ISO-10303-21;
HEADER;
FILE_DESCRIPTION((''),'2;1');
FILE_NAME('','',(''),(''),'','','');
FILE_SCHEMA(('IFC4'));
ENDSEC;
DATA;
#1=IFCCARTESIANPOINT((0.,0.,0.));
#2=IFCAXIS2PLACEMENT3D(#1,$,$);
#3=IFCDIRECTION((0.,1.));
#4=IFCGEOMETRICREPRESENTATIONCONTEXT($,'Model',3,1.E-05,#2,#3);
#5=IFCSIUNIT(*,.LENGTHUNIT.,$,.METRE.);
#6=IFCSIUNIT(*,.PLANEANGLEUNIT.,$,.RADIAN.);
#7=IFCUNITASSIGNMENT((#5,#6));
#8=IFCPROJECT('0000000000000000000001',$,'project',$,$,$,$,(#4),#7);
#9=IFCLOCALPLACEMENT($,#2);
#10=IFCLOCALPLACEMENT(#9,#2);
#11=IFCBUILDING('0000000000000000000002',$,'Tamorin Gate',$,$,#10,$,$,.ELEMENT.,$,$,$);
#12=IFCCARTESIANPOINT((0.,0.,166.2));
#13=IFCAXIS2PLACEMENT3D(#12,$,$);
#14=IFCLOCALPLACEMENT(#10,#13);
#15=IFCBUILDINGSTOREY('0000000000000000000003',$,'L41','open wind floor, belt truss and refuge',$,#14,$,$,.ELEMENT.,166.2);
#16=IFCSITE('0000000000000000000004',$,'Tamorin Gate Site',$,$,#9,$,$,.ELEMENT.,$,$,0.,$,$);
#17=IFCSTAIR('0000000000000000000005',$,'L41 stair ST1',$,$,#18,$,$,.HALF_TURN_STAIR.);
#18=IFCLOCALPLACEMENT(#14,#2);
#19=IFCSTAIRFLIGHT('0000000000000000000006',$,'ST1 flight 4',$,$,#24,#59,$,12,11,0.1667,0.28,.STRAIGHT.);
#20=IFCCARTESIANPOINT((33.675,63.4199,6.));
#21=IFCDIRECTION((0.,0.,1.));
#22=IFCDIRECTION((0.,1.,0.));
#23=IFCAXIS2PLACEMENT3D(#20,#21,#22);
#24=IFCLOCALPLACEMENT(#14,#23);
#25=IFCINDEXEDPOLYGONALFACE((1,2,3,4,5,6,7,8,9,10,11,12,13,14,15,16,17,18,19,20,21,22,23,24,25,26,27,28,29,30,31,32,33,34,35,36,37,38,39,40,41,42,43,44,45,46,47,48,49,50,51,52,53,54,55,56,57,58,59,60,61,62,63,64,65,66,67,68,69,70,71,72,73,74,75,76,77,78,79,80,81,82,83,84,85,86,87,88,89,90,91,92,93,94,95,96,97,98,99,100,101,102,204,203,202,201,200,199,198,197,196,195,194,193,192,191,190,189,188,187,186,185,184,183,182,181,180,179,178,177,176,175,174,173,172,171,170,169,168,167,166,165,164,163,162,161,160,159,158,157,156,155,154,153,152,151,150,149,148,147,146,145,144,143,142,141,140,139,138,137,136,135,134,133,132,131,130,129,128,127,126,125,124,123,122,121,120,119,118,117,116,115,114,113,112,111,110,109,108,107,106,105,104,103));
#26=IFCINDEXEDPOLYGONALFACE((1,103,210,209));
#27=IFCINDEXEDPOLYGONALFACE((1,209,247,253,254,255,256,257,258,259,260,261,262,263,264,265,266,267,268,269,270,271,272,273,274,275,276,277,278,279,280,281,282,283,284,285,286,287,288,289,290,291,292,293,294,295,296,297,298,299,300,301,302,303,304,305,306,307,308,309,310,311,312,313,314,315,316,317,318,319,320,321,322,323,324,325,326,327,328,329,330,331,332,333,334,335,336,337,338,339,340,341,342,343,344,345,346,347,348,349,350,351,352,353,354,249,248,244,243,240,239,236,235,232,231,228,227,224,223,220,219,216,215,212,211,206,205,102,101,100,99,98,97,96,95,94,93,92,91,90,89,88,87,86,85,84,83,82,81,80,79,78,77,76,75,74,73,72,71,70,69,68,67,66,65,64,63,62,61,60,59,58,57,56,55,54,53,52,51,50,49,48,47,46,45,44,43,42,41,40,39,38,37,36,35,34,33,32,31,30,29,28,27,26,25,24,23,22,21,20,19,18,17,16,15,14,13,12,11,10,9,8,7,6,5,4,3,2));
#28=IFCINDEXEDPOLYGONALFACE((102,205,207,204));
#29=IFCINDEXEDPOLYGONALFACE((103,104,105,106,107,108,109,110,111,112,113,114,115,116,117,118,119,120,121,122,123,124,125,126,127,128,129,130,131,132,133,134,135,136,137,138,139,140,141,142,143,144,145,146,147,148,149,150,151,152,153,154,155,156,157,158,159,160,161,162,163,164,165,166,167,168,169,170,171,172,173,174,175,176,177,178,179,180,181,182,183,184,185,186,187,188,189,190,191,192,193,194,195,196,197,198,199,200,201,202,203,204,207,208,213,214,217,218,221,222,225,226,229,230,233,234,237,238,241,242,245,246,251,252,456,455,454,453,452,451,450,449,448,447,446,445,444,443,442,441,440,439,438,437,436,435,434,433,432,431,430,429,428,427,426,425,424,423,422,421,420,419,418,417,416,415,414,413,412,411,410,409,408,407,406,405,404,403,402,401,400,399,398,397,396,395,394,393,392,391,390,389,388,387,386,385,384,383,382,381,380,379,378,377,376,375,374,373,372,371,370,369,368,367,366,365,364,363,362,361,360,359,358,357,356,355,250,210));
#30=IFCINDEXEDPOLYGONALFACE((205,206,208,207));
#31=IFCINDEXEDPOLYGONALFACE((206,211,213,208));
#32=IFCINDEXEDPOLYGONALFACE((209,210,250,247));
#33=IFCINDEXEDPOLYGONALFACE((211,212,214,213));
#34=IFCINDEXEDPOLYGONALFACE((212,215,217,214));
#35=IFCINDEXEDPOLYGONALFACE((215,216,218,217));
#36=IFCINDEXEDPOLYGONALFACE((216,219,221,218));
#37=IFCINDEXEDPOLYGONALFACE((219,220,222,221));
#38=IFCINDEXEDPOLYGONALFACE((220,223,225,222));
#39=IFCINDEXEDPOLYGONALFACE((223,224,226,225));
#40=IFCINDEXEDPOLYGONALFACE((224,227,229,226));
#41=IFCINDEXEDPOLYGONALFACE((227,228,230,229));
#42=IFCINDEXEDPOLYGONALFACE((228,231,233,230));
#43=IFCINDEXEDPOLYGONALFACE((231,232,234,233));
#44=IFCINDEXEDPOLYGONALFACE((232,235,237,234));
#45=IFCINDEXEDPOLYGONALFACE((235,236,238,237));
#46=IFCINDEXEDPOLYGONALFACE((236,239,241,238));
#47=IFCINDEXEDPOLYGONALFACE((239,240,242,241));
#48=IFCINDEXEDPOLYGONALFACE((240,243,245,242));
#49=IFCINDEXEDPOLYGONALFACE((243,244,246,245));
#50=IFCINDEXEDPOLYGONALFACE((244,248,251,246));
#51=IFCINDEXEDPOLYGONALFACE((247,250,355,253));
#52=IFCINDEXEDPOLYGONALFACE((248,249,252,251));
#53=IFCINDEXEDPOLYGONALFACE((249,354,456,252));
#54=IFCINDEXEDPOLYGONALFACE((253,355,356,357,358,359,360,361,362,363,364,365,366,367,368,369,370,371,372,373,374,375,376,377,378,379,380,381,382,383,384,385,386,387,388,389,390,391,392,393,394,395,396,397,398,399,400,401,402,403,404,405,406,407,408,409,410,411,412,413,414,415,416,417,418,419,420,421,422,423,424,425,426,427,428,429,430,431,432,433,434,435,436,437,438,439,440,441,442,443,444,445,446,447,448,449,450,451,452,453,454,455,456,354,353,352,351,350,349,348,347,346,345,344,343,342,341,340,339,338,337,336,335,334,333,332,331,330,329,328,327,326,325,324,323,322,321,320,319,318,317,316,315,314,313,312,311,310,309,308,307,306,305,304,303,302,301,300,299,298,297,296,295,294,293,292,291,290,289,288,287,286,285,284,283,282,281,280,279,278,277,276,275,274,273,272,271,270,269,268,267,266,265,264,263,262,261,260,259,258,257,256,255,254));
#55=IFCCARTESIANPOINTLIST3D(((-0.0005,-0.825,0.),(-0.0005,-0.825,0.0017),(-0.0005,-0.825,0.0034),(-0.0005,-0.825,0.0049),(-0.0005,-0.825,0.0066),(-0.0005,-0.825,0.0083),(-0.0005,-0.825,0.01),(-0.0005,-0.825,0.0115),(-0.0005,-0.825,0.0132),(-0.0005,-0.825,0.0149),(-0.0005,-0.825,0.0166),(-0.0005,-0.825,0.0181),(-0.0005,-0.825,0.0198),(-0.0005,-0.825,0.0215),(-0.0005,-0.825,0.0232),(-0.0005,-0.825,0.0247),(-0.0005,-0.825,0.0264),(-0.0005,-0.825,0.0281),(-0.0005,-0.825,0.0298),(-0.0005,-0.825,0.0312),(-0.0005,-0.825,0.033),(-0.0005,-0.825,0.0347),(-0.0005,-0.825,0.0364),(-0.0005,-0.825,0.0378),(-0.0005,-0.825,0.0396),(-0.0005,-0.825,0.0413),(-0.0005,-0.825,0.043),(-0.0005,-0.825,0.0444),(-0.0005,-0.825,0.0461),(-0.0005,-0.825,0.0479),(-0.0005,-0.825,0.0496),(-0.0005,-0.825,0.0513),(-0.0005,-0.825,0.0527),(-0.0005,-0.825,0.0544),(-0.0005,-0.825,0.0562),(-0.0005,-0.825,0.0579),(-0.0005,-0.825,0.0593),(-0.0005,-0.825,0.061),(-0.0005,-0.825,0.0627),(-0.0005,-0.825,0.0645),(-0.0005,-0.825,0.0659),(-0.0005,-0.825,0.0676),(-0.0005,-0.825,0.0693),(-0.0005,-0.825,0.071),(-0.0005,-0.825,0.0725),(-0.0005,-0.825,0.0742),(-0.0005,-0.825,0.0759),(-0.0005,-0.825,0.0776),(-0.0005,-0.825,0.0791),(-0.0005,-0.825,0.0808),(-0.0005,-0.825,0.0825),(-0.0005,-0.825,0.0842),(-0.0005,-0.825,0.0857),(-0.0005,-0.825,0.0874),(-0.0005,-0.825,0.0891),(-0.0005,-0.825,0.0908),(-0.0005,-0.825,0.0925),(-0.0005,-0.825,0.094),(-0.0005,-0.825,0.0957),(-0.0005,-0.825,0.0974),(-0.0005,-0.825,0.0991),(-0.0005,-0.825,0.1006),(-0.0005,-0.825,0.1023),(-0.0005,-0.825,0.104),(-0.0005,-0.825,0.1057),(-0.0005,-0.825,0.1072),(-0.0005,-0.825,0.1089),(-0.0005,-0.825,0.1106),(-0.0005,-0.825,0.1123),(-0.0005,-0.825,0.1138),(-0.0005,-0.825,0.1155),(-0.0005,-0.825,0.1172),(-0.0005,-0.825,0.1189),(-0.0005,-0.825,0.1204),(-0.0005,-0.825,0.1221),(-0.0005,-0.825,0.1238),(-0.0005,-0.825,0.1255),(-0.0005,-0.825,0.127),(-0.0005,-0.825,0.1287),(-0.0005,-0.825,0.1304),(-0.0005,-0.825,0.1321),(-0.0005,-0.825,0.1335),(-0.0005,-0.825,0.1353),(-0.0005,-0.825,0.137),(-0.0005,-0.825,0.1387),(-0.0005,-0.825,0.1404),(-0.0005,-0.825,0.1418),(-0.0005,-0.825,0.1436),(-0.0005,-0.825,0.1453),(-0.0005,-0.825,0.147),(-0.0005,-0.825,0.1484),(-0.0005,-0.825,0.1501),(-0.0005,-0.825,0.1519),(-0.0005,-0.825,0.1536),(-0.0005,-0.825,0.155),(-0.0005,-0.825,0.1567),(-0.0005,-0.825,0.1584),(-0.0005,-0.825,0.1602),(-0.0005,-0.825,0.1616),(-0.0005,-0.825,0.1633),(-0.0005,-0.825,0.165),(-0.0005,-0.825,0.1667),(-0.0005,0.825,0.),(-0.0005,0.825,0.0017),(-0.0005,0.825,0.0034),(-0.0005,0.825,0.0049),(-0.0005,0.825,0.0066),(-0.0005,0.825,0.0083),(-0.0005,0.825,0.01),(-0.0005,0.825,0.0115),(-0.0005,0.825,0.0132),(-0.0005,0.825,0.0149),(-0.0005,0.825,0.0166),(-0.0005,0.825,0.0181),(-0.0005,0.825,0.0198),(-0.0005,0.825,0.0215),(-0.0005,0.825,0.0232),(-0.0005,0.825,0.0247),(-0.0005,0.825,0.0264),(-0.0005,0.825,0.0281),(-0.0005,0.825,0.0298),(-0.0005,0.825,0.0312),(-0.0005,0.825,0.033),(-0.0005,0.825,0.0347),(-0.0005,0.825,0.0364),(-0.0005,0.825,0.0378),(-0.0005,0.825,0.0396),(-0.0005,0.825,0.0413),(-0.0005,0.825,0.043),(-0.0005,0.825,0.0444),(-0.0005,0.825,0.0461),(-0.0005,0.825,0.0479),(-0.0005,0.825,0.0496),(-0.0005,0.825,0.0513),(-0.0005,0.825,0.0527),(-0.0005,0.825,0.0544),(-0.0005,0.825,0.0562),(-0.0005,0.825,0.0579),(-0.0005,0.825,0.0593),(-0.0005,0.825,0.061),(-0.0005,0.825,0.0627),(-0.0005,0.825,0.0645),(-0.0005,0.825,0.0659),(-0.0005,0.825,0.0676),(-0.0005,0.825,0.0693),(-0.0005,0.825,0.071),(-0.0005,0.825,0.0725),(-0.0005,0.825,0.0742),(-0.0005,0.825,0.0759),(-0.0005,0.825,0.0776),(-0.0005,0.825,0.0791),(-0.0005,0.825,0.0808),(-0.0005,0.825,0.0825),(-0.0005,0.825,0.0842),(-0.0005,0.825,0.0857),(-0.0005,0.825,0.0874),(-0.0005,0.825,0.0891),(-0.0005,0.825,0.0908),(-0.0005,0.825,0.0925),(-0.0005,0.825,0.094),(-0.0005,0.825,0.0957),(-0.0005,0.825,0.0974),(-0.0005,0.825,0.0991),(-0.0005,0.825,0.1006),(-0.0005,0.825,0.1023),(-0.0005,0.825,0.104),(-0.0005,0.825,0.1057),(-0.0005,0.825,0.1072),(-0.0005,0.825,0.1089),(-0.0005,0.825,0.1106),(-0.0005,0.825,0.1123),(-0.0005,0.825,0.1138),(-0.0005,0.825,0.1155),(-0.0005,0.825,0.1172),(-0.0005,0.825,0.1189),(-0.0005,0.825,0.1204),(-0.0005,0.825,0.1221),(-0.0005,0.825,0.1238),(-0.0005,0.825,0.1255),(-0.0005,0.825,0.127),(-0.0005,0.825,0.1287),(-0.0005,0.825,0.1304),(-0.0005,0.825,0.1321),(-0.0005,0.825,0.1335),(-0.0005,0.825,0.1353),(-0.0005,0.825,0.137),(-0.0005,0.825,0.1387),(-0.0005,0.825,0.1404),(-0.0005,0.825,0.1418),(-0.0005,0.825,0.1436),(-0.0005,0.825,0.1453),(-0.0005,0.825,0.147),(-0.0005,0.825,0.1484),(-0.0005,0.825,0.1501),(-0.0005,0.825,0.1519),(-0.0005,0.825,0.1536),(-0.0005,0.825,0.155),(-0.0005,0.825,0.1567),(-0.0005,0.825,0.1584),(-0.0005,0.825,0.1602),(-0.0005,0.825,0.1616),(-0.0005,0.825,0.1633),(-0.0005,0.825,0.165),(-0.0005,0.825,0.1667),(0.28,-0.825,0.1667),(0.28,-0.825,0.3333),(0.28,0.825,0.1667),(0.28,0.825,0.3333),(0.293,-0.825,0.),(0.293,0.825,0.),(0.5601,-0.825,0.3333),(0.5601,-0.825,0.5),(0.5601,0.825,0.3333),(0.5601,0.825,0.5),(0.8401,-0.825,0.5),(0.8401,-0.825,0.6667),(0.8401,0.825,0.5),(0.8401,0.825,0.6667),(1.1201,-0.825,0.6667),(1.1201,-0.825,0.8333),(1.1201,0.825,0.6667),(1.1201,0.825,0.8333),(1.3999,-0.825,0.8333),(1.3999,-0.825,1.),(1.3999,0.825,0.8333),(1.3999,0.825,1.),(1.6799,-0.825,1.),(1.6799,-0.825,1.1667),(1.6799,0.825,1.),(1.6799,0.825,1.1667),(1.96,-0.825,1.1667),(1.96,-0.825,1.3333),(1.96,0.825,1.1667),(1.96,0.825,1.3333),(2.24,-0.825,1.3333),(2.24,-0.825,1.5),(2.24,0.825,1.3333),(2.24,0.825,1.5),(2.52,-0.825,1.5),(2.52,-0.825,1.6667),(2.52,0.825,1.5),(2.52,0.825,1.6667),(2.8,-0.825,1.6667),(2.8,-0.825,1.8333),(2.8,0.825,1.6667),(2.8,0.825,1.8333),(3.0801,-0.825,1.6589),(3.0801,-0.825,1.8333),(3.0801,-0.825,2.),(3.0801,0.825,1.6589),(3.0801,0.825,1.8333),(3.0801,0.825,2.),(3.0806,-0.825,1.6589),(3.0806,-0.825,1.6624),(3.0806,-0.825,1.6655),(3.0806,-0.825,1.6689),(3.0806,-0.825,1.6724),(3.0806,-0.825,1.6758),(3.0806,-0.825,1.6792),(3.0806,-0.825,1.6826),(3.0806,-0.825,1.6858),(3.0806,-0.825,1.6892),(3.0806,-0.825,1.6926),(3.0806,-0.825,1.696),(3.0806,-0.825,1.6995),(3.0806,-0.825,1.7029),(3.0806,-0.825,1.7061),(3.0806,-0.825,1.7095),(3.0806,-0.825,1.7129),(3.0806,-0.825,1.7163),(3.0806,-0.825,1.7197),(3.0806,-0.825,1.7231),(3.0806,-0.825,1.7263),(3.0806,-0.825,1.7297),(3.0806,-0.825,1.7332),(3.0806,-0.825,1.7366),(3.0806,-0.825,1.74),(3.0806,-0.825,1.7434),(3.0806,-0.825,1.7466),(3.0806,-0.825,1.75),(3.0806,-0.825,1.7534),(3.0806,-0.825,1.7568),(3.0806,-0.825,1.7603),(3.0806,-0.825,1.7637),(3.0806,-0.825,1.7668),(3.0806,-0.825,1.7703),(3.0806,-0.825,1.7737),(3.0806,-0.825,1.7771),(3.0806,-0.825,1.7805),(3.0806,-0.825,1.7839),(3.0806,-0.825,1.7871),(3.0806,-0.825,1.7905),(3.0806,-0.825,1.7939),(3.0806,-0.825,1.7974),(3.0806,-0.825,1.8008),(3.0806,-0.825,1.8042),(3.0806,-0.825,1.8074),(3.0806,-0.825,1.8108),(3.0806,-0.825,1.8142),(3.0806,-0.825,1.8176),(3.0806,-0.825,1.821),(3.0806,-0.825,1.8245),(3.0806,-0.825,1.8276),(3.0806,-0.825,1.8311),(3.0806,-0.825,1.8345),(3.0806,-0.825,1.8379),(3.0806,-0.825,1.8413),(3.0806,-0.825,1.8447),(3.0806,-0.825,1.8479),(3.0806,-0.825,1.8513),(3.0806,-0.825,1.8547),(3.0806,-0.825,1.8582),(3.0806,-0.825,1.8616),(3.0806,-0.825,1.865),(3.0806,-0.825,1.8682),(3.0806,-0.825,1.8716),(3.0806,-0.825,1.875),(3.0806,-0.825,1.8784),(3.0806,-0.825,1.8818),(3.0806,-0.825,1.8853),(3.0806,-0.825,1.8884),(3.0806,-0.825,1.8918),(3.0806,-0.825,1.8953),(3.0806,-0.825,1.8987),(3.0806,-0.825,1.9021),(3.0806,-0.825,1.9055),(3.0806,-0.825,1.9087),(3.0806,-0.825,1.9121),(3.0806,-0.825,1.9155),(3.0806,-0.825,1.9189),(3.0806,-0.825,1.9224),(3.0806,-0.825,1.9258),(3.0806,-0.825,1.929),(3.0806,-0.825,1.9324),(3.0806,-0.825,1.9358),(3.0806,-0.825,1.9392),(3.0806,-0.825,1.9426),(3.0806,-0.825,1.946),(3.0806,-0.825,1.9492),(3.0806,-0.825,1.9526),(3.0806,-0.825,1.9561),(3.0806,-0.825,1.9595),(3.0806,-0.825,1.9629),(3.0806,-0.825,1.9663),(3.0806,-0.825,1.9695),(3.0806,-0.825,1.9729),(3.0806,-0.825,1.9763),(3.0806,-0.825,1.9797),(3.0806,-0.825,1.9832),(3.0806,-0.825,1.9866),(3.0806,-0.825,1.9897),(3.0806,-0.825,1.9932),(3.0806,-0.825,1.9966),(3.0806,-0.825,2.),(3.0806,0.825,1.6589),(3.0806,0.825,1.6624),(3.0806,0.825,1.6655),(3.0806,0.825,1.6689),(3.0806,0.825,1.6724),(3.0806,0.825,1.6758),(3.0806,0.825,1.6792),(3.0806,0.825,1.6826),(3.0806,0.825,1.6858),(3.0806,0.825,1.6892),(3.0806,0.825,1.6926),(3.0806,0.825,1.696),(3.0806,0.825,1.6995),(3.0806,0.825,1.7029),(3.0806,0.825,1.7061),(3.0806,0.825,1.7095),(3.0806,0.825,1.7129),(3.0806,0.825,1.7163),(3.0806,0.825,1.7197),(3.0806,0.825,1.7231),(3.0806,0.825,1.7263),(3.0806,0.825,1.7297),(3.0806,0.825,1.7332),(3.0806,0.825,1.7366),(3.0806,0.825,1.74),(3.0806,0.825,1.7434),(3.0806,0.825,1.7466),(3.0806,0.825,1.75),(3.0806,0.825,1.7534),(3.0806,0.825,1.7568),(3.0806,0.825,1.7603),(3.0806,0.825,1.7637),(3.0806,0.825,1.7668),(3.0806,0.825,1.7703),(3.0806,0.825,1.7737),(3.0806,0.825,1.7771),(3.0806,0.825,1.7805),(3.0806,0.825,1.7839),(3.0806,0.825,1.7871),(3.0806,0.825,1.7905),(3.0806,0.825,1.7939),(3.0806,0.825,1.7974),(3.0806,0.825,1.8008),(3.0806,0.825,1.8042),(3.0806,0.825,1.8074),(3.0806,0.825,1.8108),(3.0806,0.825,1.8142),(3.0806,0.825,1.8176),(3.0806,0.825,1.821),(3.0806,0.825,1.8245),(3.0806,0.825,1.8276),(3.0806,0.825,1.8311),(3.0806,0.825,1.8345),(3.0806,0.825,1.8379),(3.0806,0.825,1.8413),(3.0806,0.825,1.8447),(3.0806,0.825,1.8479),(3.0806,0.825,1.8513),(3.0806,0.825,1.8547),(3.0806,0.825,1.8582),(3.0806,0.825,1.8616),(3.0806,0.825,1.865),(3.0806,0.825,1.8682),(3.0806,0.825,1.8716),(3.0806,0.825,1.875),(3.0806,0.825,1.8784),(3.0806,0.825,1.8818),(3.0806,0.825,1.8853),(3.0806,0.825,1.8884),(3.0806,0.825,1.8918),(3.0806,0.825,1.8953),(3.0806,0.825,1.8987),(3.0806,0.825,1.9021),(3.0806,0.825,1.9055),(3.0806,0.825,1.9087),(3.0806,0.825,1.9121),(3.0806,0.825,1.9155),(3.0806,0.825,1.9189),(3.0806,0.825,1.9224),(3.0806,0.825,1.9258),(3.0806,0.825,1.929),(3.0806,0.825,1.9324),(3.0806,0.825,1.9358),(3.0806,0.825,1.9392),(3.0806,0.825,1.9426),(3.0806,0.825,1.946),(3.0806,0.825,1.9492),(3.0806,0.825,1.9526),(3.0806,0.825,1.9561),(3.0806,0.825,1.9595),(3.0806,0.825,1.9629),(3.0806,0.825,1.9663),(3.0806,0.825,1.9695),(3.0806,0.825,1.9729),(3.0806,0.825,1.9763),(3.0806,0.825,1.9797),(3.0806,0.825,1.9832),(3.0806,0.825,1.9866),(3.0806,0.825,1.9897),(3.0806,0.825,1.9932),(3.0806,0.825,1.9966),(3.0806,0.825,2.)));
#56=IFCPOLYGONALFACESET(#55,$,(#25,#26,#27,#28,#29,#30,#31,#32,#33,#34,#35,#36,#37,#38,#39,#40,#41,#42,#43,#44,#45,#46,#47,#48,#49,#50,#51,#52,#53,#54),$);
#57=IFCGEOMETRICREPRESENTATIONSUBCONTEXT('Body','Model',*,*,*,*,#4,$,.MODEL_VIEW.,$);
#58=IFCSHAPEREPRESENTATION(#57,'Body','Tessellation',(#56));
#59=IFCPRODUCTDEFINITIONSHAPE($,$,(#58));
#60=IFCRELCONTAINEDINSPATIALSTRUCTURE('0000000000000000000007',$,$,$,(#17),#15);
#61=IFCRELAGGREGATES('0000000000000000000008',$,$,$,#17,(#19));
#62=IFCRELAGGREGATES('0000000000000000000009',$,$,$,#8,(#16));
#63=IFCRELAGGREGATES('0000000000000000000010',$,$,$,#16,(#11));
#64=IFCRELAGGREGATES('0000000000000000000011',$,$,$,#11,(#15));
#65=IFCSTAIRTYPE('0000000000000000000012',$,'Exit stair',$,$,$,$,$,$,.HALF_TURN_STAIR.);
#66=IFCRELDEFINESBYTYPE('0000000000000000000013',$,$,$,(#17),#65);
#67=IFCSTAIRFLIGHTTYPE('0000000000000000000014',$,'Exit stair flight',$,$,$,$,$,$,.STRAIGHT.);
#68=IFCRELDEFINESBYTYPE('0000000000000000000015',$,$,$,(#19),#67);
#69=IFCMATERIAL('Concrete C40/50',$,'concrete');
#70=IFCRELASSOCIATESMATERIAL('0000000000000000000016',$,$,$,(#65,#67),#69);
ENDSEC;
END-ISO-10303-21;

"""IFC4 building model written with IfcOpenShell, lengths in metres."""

from ifc_helpers import new_model, si_unit, direction, frame, origin, place, context, subcontext, project, spatial, polyline, outline, extrude, material, type_object, element, aggregate, save


model = new_model("IFC4")

# Units and contexts
model_context = context("Model", 3, precision=1e-05, world=origin(), true_north=direction((0.0, 1.0)))
body_context = subcontext(model_context, "Body", "Model", "MODEL_VIEW")
ifc_project = project(units=[si_unit("LENGTHUNIT", "METRE"), si_unit("PLANEANGLEUNIT", "RADIAN")], contexts=[model_context])

# Site, building, storey
site_placement = place(None, origin())
site = spatial("IfcSite", under=ifc_project, at=site_placement, Name="Tamorin Gate Site", CompositionType="ELEMENT", RefElevation=0.0)
building_placement = place(site_placement, origin())
building = spatial("IfcBuilding", under=site, at=building_placement, Name="Tamorin Gate", CompositionType="ELEMENT")
storey_placement = place(building_placement, frame((0.0, 0.0, 166.2)))
storey = spatial("IfcBuildingStorey", under=building, at=storey_placement, Name="L41", Description="open wind floor, belt truss and refuge", CompositionType="ELEMENT", Elevation=166.2)

# Shared definitions
ifc_material_1 = material(Name="Concrete C40/50", Category="concrete")

# Stair, stair flight
stair_type = type_object("IfcStairType", Name="Exit stair", PredefinedType="HALF_TURN_STAIR", material=ifc_material_1)
stair_1_placement = place(storey_placement, origin())
stair_1 = element("IfcStair", 1, at=stair_1_placement, inside=storey, type_object=stair_type, Name="L41 stair ST1", PredefinedType="HALF_TURN_STAIR")
stair_flight_type = type_object("IfcStairFlightType", Name="Exit stair flight", PredefinedType="STRAIGHT", material=ifc_material_1)
stair_flight_1_placement = place(storey_placement, frame((33.675, 63.4199, 6.0), z_axis=(0.0, 0.0, 1.0), x_axis=(0.0, 1.0, 0.0)))
stair_flight_1 = element("IfcStairFlight", 2, at=stair_flight_1_placement, type_object=stair_flight_type, Name="ST1 flight 4", NumberOfRisers=12, NumberOfTreads=11, PredefinedType="STRAIGHT", RiserHeight=0.1667, TreadLength=0.28, context=body_context, shape_type="SweptSolid", body=[
    extrude(outline(polyline([(-0.0005, 0.0), (-0.0005, 0.0017), (-0.0005, 0.0034), (-0.0005, 0.0049), (-0.0005, 0.0066), (-0.0005, 0.0083), (-0.0005, 0.01), (-0.0005, 0.0115), (-0.0005, 0.0132), (-0.0005, 0.0149), (-0.0005, 0.0166), (-0.0005, 0.0181), (-0.0005, 0.0198), (-0.0005, 0.0215), (-0.0005, 0.0232), (-0.0005, 0.0247), (-0.0005, 0.0264), (-0.0005, 0.0281), (-0.0005, 0.0298), (-0.0005, 0.0312), (-0.0005, 0.033), (-0.0005, 0.0347), (-0.0005, 0.0364), (-0.0005, 0.0378), (-0.0005, 0.0396), (-0.0005, 0.0413), (-0.0005, 0.043), (-0.0005, 0.0444), (-0.0005, 0.0461), (-0.0005, 0.0479), (-0.0005, 0.0496), (-0.0005, 0.0513), (-0.0005, 0.0527), (-0.0005, 0.0544), (-0.0005, 0.0562), (-0.0005, 0.0579), (-0.0005, 0.0593), (-0.0005, 0.061), (-0.0005, 0.0627), (-0.0005, 0.0645), (-0.0005, 0.0659), (-0.0005, 0.0676), (-0.0005, 0.0693), (-0.0005, 0.071), (-0.0005, 0.0725), (-0.0005, 0.0742), (-0.0005, 0.0759), (-0.0005, 0.0776), (-0.0005, 0.0791), (-0.0005, 0.0808), (-0.0005, 0.0825), (-0.0005, 0.0842), (-0.0005, 0.0857), (-0.0005, 0.0874), (-0.0005, 0.0891), (-0.0005, 0.0908), (-0.0005, 0.0925), (-0.0005, 0.094), (-0.0005, 0.0957), (-0.0005, 0.0974), (-0.0005, 0.0991), (-0.0005, 0.1006), (-0.0005, 0.1023), (-0.0005, 0.104), (-0.0005, 0.1057), (-0.0005, 0.1072), (-0.0005, 0.1089), (-0.0005, 0.1106), (-0.0005, 0.1123), (-0.0005, 0.1138), (-0.0005, 0.1155), (-0.0005, 0.1172), (-0.0005, 0.1189), (-0.0005, 0.1204), (-0.0005, 0.1221), (-0.0005, 0.1238), (-0.0005, 0.1255), (-0.0005, 0.127), (-0.0005, 0.1287), (-0.0005, 0.1304), (-0.0005, 0.1321), (-0.0005, 0.1335), (-0.0005, 0.1353), (-0.0005, 0.137), (-0.0005, 0.1387), (-0.0005, 0.1404), (-0.0005, 0.1418), (-0.0005, 0.1436), (-0.0005, 0.1453), (-0.0005, 0.147), (-0.0005, 0.1484), (-0.0005, 0.1501), (-0.0005, 0.1519), (-0.0005, 0.1536), (-0.0005, 0.155), (-0.0005, 0.1567), (-0.0005, 0.1584), (-0.0005, 0.1602), (-0.0005, 0.1616), (-0.0005, 0.1633), (-0.0005, 0.165), (-0.0005, 0.1667), (0.28, 0.1667), (0.28, 0.3333), (0.5601, 0.3333), (0.5601, 0.5), (0.8401, 0.5), (0.8401, 0.6667), (1.1201, 0.6667), (1.1201, 0.8333), (1.3999, 0.8333), (1.3999, 1.0), (1.6799, 1.0), (1.6799, 1.1667), (1.96, 1.1667), (1.96, 1.3333), (2.24, 1.3333), (2.24, 1.5), (2.52, 1.5), (2.52, 1.6667), (2.8, 1.6667), (2.8, 1.8333), (3.0801, 1.8333), (3.0801, 2.0), (3.0806, 2.0), (3.0806, 1.9966), (3.0806, 1.9932), (3.0806, 1.9897), (3.0806, 1.9866), (3.0806, 1.9832), (3.0806, 1.9797), (3.0806, 1.9763), (3.0806, 1.9729), (3.0806, 1.9695), (3.0806, 1.9663), (3.0806, 1.9629), (3.0806, 1.9595), (3.0806, 1.9561), (3.0806, 1.9526), (3.0806, 1.9492), (3.0806, 1.946), (3.0806, 1.9426), (3.0806, 1.9392), (3.0806, 1.9358), (3.0806, 1.9324), (3.0806, 1.929), (3.0806, 1.9258), (3.0806, 1.9224), (3.0806, 1.9189), (3.0806, 1.9155), (3.0806, 1.9121), (3.0806, 1.9087), (3.0806, 1.9055), (3.0806, 1.9021), (3.0806, 1.8987), (3.0806, 1.8953), (3.0806, 1.8918), (3.0806, 1.8884), (3.0806, 1.8853), (3.0806, 1.8818), (3.0806, 1.8784), (3.0806, 1.875), (3.0806, 1.8716), (3.0806, 1.8682), (3.0806, 1.865), (3.0806, 1.8616), (3.0806, 1.8582), (3.0806, 1.8547), (3.0806, 1.8513), (3.0806, 1.8479), (3.0806, 1.8447), (3.0806, 1.8413), (3.0806, 1.8379), (3.0806, 1.8345), (3.0806, 1.8311), (3.0806, 1.8276), (3.0806, 1.8245), (3.0806, 1.821), (3.0806, 1.8176), (3.0806, 1.8142), (3.0806, 1.8108), (3.0806, 1.8074), (3.0806, 1.8042), (3.0806, 1.8008), (3.0806, 1.7974), (3.0806, 1.7939), (3.0806, 1.7905), (3.0806, 1.7871), (3.0806, 1.7839), (3.0806, 1.7805), (3.0806, 1.7771), (3.0806, 1.7737), (3.0806, 1.7703), (3.0806, 1.7668), (3.0806, 1.7637), (3.0806, 1.7603), (3.0806, 1.7568), (3.0806, 1.7534), (3.0806, 1.75), (3.0806, 1.7466), (3.0806, 1.7434), (3.0806, 1.74), (3.0806, 1.7366), (3.0806, 1.7332), (3.0806, 1.7297), (3.0806, 1.7263), (3.0806, 1.7231), (3.0806, 1.7197), (3.0806, 1.7163), (3.0806, 1.7129), (3.0806, 1.7095), (3.0806, 1.7061), (3.0806, 1.7029), (3.0806, 1.6995), (3.0806, 1.696), (3.0806, 1.6926), (3.0806, 1.6892), (3.0806, 1.6858), (3.0806, 1.6826), (3.0806, 1.6792), (3.0806, 1.6758), (3.0806, 1.6724), (3.0806, 1.6689), (3.0806, 1.6655), (3.0806, 1.6624), (3.0806, 1.6589), (3.0801, 1.6589), (0.293, 0.0), (-0.0005, 0.0)])), frame((0.0, 0.825, 0.0), z_axis=(0.0, -1.0, 0.0), x_axis=(1.0, 0.0, 0.0)), (0.0, 0.0, 1.0), 1.6499),
])
aggregate(stair_1, [stair_flight_1])

save(model, "model.ifc")
